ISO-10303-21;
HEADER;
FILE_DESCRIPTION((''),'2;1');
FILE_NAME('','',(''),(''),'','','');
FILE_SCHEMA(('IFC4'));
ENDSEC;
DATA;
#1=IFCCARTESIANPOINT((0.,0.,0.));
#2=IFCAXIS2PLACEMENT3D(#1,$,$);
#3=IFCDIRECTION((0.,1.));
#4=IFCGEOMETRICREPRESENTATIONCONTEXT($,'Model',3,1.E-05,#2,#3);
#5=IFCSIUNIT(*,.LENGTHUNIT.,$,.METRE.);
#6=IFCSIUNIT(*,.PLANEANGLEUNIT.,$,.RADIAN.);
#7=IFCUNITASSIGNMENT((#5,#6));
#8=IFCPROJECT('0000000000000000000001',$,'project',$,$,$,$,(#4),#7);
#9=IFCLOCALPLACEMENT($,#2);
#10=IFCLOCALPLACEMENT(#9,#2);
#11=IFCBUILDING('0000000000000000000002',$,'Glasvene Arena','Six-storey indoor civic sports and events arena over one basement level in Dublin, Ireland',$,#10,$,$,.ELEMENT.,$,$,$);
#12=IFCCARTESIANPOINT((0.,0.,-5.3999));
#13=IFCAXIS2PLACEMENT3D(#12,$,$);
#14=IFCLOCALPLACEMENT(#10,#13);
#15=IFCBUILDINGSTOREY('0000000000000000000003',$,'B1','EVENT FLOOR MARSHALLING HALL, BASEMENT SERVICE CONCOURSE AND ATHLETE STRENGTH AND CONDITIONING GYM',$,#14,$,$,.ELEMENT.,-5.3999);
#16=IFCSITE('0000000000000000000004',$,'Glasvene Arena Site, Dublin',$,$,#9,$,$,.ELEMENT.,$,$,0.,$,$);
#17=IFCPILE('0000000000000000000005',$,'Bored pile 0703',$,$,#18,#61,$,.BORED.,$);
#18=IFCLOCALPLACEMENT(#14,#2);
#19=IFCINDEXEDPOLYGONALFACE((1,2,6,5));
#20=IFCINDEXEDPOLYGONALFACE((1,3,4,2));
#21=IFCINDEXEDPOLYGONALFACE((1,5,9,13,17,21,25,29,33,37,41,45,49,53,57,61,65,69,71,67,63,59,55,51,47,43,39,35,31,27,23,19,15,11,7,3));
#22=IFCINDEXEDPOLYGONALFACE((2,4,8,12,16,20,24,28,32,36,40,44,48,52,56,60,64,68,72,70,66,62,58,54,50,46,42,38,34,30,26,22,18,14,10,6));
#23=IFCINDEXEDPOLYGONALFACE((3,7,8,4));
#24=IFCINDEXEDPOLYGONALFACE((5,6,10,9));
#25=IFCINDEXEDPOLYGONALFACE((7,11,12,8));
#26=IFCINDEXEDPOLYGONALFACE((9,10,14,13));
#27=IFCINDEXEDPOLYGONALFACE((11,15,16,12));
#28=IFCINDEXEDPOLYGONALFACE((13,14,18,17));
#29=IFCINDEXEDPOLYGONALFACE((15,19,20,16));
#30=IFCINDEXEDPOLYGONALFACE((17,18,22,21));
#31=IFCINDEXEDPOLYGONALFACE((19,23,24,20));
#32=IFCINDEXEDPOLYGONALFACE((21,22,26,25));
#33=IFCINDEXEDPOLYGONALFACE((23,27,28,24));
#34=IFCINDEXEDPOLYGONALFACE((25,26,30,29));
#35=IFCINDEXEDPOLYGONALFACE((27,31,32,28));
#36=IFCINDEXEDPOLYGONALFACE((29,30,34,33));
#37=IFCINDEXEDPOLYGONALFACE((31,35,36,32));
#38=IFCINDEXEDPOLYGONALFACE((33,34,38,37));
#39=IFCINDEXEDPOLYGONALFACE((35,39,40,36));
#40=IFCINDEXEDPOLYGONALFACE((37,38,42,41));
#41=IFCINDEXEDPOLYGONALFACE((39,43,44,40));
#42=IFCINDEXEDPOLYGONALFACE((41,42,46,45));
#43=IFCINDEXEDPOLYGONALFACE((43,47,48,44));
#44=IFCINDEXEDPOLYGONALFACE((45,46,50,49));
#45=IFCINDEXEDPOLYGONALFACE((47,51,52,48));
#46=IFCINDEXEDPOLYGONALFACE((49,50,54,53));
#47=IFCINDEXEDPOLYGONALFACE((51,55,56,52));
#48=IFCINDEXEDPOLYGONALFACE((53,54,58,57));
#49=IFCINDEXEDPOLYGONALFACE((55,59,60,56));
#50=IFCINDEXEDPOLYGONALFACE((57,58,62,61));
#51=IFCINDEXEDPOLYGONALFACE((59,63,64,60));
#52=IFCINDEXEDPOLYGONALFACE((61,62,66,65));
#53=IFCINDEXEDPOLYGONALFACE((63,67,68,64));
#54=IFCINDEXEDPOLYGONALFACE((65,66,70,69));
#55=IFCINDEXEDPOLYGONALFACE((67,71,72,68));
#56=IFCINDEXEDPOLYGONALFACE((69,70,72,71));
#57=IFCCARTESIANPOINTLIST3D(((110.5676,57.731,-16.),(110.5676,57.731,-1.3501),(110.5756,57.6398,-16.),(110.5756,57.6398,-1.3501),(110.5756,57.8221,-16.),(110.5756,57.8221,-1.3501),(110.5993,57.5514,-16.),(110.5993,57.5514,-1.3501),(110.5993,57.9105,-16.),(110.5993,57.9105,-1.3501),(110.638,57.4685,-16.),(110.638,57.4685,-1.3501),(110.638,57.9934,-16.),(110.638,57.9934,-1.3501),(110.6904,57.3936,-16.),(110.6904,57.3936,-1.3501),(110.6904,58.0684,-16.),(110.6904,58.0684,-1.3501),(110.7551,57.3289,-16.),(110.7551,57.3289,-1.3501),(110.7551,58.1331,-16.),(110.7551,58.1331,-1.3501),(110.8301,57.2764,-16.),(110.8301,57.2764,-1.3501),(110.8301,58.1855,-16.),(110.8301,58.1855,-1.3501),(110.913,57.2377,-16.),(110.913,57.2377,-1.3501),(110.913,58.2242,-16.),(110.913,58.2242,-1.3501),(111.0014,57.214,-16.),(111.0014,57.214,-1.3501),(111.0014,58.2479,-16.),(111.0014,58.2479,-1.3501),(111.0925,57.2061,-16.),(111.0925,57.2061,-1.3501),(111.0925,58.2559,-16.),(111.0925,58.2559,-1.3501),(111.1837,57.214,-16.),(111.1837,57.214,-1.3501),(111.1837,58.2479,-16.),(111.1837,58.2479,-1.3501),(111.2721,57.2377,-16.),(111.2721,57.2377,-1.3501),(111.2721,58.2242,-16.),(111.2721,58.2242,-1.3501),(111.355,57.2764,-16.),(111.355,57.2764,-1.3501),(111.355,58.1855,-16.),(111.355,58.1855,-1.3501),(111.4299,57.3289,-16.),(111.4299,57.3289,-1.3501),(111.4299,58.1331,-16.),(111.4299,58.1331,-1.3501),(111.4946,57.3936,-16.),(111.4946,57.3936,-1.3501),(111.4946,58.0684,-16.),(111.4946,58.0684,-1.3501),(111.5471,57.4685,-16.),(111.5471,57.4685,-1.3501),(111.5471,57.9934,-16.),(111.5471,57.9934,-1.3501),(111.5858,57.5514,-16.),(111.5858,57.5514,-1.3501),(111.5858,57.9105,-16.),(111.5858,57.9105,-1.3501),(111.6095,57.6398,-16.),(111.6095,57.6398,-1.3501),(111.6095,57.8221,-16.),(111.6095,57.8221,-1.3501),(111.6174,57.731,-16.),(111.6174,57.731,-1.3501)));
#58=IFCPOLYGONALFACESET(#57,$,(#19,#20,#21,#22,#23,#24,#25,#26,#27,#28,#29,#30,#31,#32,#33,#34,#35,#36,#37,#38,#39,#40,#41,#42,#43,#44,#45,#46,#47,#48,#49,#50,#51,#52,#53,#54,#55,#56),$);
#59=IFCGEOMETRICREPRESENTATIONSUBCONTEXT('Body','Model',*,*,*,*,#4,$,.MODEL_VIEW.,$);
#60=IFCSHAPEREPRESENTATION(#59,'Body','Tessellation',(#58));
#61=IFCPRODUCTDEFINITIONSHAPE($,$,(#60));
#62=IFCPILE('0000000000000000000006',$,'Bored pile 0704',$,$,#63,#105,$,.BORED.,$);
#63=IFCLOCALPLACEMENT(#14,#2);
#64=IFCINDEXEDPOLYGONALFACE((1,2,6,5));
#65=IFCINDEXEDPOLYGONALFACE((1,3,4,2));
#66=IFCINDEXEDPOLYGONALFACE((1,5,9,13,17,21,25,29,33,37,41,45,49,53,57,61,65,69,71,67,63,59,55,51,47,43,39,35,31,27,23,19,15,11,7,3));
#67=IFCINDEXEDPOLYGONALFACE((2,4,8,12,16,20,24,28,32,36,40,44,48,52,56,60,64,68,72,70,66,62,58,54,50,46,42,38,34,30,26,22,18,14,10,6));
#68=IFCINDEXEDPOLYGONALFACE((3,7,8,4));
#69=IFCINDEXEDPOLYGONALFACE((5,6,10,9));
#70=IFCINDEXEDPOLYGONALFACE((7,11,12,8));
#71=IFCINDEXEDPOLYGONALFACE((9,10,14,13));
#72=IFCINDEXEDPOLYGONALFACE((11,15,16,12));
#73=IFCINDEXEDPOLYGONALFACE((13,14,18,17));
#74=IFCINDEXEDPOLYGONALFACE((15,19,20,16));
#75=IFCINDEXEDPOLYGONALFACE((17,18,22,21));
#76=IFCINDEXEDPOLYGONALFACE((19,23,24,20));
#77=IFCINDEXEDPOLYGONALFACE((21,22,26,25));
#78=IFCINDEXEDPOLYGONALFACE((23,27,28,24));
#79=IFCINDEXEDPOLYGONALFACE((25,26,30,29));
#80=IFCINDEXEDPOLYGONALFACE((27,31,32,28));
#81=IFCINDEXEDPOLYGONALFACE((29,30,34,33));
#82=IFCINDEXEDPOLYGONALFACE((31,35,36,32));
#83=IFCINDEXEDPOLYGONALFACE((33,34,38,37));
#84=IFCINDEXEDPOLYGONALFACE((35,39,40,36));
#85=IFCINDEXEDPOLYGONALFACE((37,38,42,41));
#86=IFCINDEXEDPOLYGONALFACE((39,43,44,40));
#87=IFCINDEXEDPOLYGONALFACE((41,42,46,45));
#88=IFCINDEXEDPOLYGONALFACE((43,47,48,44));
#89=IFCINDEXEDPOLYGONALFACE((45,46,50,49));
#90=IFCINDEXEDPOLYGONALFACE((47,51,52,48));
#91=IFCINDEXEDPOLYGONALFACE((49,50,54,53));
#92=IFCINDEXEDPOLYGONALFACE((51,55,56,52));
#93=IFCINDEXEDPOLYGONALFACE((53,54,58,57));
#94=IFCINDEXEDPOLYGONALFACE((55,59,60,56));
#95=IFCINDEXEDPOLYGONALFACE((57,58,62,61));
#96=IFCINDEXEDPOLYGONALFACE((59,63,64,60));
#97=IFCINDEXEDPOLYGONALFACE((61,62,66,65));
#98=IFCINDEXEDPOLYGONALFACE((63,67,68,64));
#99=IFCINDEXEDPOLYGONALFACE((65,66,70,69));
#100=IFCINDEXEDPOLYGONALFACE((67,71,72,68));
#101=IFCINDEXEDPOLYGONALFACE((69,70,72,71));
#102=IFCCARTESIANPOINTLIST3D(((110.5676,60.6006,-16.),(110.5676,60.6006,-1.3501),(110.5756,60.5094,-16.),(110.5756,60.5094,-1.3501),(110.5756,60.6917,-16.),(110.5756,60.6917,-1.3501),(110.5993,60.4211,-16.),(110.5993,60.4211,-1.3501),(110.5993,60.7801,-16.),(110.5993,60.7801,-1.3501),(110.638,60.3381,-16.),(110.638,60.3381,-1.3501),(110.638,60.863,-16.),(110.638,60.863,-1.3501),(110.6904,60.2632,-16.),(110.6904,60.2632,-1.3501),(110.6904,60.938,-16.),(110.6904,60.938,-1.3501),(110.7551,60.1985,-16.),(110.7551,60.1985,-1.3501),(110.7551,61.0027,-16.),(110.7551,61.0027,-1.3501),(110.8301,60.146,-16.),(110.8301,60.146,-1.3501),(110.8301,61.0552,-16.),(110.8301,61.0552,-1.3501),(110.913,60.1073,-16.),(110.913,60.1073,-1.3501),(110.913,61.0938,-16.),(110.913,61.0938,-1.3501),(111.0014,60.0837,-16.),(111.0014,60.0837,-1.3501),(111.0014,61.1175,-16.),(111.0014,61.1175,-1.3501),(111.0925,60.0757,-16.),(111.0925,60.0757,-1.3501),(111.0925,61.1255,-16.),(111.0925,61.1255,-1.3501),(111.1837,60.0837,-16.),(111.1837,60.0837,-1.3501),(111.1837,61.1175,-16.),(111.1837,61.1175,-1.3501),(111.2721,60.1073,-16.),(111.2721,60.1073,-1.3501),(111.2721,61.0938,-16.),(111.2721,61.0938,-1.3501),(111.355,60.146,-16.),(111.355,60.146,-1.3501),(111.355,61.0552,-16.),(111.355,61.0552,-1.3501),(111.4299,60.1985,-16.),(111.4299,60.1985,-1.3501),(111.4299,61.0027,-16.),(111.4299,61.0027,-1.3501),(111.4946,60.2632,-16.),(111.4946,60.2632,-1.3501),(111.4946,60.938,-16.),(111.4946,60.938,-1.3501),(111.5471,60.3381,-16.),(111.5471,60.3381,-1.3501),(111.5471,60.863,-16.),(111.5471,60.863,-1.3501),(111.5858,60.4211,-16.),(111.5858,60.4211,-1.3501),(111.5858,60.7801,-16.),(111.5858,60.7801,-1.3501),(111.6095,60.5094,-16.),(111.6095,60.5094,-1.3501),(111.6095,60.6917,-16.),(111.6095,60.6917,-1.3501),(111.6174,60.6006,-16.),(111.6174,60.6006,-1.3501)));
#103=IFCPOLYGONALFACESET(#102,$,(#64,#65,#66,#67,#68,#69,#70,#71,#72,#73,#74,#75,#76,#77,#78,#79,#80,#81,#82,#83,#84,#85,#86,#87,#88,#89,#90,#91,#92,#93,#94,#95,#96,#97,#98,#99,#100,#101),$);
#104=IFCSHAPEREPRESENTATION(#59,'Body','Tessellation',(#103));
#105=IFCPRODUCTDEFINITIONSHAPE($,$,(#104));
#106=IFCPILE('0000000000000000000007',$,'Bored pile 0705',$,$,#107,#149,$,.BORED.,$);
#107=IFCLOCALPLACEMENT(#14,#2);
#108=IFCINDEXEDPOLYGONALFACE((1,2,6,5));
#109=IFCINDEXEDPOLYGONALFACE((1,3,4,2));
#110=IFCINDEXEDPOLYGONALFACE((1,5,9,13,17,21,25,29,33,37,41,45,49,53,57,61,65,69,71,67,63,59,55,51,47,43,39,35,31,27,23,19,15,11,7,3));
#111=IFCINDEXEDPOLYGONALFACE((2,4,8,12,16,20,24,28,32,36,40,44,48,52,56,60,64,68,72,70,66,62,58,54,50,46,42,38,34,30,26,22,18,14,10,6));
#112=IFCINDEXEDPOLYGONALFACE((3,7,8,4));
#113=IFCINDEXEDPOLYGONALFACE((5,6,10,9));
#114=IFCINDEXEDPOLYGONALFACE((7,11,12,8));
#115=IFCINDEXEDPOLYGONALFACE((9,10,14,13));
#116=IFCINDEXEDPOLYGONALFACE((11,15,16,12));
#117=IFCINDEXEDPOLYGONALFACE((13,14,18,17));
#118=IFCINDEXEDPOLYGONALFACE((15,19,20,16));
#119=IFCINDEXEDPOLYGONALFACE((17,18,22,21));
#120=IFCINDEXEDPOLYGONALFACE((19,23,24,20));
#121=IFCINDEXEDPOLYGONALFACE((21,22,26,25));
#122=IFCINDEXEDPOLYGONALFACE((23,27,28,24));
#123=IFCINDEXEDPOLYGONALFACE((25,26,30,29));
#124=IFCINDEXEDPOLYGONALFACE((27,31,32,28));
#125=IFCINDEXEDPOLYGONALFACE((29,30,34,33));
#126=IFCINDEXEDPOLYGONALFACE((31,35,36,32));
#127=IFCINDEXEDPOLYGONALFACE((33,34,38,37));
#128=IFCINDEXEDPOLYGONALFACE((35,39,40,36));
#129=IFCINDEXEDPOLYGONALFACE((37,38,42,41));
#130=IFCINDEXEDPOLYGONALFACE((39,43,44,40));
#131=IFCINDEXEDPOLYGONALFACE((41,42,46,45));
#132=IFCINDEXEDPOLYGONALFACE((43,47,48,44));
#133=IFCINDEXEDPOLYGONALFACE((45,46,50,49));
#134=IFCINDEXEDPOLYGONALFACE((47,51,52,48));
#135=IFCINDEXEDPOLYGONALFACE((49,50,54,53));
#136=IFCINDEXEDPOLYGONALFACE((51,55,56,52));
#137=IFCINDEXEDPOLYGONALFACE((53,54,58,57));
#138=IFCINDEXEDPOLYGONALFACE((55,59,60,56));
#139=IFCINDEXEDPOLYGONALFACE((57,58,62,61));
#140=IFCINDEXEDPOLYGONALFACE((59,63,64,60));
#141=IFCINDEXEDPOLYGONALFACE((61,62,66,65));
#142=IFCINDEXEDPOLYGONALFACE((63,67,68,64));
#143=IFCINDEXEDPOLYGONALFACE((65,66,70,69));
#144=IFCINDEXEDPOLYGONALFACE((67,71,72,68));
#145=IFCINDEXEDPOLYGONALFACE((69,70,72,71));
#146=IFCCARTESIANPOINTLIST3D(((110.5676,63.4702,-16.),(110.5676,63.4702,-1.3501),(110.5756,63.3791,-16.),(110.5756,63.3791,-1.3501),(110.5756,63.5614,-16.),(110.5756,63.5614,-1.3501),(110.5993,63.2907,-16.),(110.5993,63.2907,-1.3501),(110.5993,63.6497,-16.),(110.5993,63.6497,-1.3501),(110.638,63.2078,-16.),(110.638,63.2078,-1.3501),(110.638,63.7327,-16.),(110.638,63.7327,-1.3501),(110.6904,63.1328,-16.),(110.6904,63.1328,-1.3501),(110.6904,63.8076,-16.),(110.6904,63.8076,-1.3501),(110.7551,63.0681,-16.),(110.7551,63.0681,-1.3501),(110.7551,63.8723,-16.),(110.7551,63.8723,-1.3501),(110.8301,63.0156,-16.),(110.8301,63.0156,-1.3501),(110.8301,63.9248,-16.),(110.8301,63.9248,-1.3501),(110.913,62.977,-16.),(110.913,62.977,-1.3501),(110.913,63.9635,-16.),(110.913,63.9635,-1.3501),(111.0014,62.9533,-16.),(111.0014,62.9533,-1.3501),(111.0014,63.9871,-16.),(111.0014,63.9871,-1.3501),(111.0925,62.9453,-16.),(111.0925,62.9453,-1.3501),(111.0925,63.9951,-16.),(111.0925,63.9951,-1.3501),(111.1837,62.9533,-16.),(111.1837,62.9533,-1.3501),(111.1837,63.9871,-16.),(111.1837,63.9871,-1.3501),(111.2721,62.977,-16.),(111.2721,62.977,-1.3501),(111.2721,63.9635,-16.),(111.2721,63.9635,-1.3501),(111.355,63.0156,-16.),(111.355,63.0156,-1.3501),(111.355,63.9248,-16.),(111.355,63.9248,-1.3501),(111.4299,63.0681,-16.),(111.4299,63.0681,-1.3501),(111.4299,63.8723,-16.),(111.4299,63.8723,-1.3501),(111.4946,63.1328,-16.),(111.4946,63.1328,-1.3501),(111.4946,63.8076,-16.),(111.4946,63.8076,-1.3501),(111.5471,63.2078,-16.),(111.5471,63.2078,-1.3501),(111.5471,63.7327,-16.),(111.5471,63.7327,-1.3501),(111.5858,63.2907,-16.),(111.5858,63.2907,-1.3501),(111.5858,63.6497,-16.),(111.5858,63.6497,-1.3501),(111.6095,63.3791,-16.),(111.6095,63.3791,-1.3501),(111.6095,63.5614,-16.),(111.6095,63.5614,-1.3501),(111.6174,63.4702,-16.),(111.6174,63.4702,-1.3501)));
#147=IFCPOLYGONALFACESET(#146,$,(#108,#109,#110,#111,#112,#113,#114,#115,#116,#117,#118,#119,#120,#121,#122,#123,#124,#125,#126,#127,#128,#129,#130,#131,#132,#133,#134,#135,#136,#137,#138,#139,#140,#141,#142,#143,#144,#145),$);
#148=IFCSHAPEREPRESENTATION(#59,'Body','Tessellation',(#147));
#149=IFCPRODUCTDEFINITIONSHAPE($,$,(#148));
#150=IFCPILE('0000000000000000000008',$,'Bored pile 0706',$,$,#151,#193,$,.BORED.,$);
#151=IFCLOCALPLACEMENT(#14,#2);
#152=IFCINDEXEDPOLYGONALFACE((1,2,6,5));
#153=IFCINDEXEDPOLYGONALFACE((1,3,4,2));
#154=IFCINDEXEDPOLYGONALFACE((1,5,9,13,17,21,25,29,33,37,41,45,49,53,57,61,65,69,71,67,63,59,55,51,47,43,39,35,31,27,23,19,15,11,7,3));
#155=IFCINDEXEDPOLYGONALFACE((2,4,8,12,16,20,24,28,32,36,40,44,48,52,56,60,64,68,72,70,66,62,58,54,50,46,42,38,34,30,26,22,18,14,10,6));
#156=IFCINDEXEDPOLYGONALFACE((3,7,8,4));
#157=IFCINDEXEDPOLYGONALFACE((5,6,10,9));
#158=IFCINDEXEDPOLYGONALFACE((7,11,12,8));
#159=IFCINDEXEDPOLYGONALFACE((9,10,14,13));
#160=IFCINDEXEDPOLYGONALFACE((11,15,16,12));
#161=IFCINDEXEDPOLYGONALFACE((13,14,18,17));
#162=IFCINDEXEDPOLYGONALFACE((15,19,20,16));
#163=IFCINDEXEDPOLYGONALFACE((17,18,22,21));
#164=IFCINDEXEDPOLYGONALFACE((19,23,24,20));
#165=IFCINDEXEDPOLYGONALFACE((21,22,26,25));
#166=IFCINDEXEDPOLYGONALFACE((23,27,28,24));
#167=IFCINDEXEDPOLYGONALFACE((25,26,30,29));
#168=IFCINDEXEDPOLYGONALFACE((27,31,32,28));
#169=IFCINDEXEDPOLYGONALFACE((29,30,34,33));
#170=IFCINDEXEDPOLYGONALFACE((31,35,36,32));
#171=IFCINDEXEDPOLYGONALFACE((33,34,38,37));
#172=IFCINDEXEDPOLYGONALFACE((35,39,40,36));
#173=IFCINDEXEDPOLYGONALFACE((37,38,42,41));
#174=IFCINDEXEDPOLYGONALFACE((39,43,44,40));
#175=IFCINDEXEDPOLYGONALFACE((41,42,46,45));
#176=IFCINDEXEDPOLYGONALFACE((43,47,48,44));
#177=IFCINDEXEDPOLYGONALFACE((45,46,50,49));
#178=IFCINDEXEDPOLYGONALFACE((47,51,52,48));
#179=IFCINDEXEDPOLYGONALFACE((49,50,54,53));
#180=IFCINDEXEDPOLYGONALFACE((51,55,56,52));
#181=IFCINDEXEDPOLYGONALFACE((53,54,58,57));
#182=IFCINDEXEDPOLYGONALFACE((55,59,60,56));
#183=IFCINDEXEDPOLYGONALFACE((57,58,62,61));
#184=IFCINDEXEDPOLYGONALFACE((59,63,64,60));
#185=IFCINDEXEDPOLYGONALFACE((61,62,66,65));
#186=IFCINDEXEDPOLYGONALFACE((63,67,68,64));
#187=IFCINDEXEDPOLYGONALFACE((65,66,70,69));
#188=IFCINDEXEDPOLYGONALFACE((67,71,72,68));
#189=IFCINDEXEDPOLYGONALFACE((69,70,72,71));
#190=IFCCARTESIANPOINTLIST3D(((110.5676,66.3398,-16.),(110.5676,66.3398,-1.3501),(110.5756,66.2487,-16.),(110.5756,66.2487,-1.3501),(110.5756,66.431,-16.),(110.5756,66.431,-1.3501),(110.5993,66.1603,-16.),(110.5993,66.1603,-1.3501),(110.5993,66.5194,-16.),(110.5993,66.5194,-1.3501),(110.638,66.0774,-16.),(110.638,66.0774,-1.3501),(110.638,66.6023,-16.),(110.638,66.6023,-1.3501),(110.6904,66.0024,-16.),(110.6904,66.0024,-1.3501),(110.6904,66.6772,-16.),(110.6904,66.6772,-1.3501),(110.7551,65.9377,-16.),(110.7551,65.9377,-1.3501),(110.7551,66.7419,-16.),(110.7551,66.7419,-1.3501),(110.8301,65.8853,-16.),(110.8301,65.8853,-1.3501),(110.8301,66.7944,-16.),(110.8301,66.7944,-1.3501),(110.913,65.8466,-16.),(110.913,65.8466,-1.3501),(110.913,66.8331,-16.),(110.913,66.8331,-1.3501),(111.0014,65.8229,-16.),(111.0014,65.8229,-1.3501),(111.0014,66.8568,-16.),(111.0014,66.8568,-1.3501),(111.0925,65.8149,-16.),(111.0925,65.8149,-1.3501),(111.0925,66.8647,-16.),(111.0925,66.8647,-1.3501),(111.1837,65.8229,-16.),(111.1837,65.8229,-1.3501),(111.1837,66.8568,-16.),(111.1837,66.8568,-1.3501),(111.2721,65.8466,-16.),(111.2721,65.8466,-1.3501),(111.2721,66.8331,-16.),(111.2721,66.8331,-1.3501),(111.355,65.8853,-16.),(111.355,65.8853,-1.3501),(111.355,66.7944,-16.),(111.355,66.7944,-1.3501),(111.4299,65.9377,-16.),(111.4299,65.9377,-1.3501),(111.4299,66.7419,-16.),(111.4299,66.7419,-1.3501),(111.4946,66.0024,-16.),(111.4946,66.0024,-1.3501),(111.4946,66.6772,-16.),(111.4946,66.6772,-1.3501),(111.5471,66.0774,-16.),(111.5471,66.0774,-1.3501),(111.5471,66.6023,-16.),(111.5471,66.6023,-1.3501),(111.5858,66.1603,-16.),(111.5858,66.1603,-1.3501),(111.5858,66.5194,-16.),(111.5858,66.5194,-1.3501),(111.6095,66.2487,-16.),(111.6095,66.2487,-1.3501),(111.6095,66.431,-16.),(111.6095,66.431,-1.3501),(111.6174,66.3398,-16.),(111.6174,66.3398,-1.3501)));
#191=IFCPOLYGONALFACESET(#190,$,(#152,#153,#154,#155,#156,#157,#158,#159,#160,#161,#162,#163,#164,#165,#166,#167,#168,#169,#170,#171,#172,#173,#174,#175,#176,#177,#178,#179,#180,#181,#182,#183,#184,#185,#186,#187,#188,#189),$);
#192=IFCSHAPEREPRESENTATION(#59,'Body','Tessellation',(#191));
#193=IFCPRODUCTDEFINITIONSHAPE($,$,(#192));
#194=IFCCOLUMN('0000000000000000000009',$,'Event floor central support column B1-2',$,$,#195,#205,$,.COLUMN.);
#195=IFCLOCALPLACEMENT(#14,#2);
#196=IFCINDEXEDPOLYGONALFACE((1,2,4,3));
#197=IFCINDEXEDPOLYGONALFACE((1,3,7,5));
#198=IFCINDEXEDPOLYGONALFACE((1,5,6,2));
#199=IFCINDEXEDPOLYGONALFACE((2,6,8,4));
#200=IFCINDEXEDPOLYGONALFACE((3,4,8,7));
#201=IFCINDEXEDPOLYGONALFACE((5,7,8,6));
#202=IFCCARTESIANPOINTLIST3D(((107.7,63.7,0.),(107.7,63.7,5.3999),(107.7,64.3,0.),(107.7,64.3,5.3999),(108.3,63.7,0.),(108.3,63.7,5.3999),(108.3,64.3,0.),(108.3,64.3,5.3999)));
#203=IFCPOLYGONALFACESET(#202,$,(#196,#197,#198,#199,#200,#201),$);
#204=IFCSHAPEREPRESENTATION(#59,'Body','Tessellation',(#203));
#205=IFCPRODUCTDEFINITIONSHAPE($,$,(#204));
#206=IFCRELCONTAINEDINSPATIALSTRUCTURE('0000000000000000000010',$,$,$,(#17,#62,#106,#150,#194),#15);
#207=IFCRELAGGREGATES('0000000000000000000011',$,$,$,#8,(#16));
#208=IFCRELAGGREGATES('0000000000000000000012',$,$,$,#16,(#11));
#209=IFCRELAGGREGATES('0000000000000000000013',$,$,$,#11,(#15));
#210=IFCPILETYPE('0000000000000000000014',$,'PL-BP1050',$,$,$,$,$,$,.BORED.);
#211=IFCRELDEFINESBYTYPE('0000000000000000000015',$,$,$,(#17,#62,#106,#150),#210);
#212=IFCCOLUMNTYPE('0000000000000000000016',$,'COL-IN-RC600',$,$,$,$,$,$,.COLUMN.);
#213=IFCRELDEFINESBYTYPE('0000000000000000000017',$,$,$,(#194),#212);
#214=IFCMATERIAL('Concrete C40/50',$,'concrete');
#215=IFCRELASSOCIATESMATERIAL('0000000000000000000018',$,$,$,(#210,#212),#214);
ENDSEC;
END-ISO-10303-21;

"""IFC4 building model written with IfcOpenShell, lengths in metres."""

from ifc_helpers import new_model, si_unit, direction, frame, origin, origin_2d, place, context, subcontext, project, spatial, rectangle, circle, extrude, material, material_profile, profile_set, type_object, element, save


model = new_model("IFC4")

# Units and contexts
model_context = context("Model", 3, precision=1e-05, world=origin(), true_north=direction((0.0, 1.0)))
body_context = subcontext(model_context, "Body", "Model", "MODEL_VIEW")
ifc_project = project(units=[si_unit("LENGTHUNIT", "METRE"), si_unit("PLANEANGLEUNIT", "RADIAN")], contexts=[model_context])

# Site, building, storey
site_placement = place(None, origin())
site = spatial("IfcSite", under=ifc_project, at=site_placement, Name="Glasvene Arena Site, Dublin", CompositionType="ELEMENT", RefElevation=0.0)
building_placement = place(site_placement, origin())
building = spatial("IfcBuilding", under=site, at=building_placement, Name="Glasvene Arena", Description="Six-storey indoor civic sports and events arena over one basement level in Dublin, Ireland", CompositionType="ELEMENT")
storey_placement = place(building_placement, frame((0.0, 0.0, -5.3999)))
storey = spatial("IfcBuildingStorey", under=building, at=storey_placement, Name="B1", Description="EVENT FLOOR MARSHALLING HALL, BASEMENT SERVICE CONCOURSE AND ATHLETE STRENGTH AND CONDITIONING GYM", CompositionType="ELEMENT", Elevation=-5.3999)

# Piles
ifc_material = material(Name="Concrete C40/50", Category="concrete")
ifc_material_profile_1 = material_profile(ifc_material, circle(Radius=0.5249, at=origin_2d()), Name="BORED PILE 1050")
ifc_profile_set_1 = profile_set([ifc_material_profile_1], Name="Concrete C40/50")
pile_type = type_object("IfcPileType", Name="PL-BP1050", PredefinedType="BORED", material=ifc_profile_set_1)
for number, where, z_axis, x_axis, name in (
    (1, (111.0925, 57.731, -1.3501), (0.0, 0.0, -1.0), (1.0, 0.0, 0.0), "Bored pile 0703"),
    (2, (111.0925, 60.6006, -1.3501), (0.0, 0.0, -1.0), (1.0, 0.0, 0.0), "Bored pile 0704"),
    (3, (111.0925, 63.4702, -1.3501), (0.0, 0.0, -1.0), (1.0, 0.0, 0.0), "Bored pile 0705"),
    (4, (111.0925, 66.3398, -1.3501), (0.0, 0.0, -1.0), (1.0, 0.0, 0.0), "Bored pile 0706"),
):
    element("IfcPile", number, at=place(storey_placement, frame(where, z_axis=z_axis, x_axis=x_axis)), inside=storey, type_object=pile_type, Name=name, PredefinedType="BORED", context=body_context, shape_type="SweptSolid", body=[
        extrude(circle(Radius=0.5249, at=origin_2d()), origin(), (0.0, 0.0, 1.0), 14.6499),
    ])

# Column
ifc_material_profile_2 = material_profile(ifc_material, rectangle(XDim=0.6001, YDim=0.6001, at=origin_2d()), Name="RC 600x600")
ifc_profile_set_2 = profile_set([ifc_material_profile_2], Name="Concrete C40/50")
column_type = type_object("IfcColumnType", Name="COL-IN-RC600", PredefinedType="COLUMN", material=ifc_profile_set_2)
column_1_placement = place(storey_placement, frame((108.0, 64.0, 0.0), z_axis=(0.0, 0.0, 1.0), x_axis=(1.0, 0.0, 0.0)))
element("IfcColumn", 5, at=column_1_placement, inside=storey, type_object=column_type, Name="Event floor central support column B1-2", PredefinedType="COLUMN", context=body_context, shape_type="SweptSolid", body=[
    extrude(rectangle(XDim=0.6001, YDim=0.6001, at=origin_2d()), origin(), (0.0, 0.0, 1.0), 5.3999),
])

save(model, "model.ifc")
